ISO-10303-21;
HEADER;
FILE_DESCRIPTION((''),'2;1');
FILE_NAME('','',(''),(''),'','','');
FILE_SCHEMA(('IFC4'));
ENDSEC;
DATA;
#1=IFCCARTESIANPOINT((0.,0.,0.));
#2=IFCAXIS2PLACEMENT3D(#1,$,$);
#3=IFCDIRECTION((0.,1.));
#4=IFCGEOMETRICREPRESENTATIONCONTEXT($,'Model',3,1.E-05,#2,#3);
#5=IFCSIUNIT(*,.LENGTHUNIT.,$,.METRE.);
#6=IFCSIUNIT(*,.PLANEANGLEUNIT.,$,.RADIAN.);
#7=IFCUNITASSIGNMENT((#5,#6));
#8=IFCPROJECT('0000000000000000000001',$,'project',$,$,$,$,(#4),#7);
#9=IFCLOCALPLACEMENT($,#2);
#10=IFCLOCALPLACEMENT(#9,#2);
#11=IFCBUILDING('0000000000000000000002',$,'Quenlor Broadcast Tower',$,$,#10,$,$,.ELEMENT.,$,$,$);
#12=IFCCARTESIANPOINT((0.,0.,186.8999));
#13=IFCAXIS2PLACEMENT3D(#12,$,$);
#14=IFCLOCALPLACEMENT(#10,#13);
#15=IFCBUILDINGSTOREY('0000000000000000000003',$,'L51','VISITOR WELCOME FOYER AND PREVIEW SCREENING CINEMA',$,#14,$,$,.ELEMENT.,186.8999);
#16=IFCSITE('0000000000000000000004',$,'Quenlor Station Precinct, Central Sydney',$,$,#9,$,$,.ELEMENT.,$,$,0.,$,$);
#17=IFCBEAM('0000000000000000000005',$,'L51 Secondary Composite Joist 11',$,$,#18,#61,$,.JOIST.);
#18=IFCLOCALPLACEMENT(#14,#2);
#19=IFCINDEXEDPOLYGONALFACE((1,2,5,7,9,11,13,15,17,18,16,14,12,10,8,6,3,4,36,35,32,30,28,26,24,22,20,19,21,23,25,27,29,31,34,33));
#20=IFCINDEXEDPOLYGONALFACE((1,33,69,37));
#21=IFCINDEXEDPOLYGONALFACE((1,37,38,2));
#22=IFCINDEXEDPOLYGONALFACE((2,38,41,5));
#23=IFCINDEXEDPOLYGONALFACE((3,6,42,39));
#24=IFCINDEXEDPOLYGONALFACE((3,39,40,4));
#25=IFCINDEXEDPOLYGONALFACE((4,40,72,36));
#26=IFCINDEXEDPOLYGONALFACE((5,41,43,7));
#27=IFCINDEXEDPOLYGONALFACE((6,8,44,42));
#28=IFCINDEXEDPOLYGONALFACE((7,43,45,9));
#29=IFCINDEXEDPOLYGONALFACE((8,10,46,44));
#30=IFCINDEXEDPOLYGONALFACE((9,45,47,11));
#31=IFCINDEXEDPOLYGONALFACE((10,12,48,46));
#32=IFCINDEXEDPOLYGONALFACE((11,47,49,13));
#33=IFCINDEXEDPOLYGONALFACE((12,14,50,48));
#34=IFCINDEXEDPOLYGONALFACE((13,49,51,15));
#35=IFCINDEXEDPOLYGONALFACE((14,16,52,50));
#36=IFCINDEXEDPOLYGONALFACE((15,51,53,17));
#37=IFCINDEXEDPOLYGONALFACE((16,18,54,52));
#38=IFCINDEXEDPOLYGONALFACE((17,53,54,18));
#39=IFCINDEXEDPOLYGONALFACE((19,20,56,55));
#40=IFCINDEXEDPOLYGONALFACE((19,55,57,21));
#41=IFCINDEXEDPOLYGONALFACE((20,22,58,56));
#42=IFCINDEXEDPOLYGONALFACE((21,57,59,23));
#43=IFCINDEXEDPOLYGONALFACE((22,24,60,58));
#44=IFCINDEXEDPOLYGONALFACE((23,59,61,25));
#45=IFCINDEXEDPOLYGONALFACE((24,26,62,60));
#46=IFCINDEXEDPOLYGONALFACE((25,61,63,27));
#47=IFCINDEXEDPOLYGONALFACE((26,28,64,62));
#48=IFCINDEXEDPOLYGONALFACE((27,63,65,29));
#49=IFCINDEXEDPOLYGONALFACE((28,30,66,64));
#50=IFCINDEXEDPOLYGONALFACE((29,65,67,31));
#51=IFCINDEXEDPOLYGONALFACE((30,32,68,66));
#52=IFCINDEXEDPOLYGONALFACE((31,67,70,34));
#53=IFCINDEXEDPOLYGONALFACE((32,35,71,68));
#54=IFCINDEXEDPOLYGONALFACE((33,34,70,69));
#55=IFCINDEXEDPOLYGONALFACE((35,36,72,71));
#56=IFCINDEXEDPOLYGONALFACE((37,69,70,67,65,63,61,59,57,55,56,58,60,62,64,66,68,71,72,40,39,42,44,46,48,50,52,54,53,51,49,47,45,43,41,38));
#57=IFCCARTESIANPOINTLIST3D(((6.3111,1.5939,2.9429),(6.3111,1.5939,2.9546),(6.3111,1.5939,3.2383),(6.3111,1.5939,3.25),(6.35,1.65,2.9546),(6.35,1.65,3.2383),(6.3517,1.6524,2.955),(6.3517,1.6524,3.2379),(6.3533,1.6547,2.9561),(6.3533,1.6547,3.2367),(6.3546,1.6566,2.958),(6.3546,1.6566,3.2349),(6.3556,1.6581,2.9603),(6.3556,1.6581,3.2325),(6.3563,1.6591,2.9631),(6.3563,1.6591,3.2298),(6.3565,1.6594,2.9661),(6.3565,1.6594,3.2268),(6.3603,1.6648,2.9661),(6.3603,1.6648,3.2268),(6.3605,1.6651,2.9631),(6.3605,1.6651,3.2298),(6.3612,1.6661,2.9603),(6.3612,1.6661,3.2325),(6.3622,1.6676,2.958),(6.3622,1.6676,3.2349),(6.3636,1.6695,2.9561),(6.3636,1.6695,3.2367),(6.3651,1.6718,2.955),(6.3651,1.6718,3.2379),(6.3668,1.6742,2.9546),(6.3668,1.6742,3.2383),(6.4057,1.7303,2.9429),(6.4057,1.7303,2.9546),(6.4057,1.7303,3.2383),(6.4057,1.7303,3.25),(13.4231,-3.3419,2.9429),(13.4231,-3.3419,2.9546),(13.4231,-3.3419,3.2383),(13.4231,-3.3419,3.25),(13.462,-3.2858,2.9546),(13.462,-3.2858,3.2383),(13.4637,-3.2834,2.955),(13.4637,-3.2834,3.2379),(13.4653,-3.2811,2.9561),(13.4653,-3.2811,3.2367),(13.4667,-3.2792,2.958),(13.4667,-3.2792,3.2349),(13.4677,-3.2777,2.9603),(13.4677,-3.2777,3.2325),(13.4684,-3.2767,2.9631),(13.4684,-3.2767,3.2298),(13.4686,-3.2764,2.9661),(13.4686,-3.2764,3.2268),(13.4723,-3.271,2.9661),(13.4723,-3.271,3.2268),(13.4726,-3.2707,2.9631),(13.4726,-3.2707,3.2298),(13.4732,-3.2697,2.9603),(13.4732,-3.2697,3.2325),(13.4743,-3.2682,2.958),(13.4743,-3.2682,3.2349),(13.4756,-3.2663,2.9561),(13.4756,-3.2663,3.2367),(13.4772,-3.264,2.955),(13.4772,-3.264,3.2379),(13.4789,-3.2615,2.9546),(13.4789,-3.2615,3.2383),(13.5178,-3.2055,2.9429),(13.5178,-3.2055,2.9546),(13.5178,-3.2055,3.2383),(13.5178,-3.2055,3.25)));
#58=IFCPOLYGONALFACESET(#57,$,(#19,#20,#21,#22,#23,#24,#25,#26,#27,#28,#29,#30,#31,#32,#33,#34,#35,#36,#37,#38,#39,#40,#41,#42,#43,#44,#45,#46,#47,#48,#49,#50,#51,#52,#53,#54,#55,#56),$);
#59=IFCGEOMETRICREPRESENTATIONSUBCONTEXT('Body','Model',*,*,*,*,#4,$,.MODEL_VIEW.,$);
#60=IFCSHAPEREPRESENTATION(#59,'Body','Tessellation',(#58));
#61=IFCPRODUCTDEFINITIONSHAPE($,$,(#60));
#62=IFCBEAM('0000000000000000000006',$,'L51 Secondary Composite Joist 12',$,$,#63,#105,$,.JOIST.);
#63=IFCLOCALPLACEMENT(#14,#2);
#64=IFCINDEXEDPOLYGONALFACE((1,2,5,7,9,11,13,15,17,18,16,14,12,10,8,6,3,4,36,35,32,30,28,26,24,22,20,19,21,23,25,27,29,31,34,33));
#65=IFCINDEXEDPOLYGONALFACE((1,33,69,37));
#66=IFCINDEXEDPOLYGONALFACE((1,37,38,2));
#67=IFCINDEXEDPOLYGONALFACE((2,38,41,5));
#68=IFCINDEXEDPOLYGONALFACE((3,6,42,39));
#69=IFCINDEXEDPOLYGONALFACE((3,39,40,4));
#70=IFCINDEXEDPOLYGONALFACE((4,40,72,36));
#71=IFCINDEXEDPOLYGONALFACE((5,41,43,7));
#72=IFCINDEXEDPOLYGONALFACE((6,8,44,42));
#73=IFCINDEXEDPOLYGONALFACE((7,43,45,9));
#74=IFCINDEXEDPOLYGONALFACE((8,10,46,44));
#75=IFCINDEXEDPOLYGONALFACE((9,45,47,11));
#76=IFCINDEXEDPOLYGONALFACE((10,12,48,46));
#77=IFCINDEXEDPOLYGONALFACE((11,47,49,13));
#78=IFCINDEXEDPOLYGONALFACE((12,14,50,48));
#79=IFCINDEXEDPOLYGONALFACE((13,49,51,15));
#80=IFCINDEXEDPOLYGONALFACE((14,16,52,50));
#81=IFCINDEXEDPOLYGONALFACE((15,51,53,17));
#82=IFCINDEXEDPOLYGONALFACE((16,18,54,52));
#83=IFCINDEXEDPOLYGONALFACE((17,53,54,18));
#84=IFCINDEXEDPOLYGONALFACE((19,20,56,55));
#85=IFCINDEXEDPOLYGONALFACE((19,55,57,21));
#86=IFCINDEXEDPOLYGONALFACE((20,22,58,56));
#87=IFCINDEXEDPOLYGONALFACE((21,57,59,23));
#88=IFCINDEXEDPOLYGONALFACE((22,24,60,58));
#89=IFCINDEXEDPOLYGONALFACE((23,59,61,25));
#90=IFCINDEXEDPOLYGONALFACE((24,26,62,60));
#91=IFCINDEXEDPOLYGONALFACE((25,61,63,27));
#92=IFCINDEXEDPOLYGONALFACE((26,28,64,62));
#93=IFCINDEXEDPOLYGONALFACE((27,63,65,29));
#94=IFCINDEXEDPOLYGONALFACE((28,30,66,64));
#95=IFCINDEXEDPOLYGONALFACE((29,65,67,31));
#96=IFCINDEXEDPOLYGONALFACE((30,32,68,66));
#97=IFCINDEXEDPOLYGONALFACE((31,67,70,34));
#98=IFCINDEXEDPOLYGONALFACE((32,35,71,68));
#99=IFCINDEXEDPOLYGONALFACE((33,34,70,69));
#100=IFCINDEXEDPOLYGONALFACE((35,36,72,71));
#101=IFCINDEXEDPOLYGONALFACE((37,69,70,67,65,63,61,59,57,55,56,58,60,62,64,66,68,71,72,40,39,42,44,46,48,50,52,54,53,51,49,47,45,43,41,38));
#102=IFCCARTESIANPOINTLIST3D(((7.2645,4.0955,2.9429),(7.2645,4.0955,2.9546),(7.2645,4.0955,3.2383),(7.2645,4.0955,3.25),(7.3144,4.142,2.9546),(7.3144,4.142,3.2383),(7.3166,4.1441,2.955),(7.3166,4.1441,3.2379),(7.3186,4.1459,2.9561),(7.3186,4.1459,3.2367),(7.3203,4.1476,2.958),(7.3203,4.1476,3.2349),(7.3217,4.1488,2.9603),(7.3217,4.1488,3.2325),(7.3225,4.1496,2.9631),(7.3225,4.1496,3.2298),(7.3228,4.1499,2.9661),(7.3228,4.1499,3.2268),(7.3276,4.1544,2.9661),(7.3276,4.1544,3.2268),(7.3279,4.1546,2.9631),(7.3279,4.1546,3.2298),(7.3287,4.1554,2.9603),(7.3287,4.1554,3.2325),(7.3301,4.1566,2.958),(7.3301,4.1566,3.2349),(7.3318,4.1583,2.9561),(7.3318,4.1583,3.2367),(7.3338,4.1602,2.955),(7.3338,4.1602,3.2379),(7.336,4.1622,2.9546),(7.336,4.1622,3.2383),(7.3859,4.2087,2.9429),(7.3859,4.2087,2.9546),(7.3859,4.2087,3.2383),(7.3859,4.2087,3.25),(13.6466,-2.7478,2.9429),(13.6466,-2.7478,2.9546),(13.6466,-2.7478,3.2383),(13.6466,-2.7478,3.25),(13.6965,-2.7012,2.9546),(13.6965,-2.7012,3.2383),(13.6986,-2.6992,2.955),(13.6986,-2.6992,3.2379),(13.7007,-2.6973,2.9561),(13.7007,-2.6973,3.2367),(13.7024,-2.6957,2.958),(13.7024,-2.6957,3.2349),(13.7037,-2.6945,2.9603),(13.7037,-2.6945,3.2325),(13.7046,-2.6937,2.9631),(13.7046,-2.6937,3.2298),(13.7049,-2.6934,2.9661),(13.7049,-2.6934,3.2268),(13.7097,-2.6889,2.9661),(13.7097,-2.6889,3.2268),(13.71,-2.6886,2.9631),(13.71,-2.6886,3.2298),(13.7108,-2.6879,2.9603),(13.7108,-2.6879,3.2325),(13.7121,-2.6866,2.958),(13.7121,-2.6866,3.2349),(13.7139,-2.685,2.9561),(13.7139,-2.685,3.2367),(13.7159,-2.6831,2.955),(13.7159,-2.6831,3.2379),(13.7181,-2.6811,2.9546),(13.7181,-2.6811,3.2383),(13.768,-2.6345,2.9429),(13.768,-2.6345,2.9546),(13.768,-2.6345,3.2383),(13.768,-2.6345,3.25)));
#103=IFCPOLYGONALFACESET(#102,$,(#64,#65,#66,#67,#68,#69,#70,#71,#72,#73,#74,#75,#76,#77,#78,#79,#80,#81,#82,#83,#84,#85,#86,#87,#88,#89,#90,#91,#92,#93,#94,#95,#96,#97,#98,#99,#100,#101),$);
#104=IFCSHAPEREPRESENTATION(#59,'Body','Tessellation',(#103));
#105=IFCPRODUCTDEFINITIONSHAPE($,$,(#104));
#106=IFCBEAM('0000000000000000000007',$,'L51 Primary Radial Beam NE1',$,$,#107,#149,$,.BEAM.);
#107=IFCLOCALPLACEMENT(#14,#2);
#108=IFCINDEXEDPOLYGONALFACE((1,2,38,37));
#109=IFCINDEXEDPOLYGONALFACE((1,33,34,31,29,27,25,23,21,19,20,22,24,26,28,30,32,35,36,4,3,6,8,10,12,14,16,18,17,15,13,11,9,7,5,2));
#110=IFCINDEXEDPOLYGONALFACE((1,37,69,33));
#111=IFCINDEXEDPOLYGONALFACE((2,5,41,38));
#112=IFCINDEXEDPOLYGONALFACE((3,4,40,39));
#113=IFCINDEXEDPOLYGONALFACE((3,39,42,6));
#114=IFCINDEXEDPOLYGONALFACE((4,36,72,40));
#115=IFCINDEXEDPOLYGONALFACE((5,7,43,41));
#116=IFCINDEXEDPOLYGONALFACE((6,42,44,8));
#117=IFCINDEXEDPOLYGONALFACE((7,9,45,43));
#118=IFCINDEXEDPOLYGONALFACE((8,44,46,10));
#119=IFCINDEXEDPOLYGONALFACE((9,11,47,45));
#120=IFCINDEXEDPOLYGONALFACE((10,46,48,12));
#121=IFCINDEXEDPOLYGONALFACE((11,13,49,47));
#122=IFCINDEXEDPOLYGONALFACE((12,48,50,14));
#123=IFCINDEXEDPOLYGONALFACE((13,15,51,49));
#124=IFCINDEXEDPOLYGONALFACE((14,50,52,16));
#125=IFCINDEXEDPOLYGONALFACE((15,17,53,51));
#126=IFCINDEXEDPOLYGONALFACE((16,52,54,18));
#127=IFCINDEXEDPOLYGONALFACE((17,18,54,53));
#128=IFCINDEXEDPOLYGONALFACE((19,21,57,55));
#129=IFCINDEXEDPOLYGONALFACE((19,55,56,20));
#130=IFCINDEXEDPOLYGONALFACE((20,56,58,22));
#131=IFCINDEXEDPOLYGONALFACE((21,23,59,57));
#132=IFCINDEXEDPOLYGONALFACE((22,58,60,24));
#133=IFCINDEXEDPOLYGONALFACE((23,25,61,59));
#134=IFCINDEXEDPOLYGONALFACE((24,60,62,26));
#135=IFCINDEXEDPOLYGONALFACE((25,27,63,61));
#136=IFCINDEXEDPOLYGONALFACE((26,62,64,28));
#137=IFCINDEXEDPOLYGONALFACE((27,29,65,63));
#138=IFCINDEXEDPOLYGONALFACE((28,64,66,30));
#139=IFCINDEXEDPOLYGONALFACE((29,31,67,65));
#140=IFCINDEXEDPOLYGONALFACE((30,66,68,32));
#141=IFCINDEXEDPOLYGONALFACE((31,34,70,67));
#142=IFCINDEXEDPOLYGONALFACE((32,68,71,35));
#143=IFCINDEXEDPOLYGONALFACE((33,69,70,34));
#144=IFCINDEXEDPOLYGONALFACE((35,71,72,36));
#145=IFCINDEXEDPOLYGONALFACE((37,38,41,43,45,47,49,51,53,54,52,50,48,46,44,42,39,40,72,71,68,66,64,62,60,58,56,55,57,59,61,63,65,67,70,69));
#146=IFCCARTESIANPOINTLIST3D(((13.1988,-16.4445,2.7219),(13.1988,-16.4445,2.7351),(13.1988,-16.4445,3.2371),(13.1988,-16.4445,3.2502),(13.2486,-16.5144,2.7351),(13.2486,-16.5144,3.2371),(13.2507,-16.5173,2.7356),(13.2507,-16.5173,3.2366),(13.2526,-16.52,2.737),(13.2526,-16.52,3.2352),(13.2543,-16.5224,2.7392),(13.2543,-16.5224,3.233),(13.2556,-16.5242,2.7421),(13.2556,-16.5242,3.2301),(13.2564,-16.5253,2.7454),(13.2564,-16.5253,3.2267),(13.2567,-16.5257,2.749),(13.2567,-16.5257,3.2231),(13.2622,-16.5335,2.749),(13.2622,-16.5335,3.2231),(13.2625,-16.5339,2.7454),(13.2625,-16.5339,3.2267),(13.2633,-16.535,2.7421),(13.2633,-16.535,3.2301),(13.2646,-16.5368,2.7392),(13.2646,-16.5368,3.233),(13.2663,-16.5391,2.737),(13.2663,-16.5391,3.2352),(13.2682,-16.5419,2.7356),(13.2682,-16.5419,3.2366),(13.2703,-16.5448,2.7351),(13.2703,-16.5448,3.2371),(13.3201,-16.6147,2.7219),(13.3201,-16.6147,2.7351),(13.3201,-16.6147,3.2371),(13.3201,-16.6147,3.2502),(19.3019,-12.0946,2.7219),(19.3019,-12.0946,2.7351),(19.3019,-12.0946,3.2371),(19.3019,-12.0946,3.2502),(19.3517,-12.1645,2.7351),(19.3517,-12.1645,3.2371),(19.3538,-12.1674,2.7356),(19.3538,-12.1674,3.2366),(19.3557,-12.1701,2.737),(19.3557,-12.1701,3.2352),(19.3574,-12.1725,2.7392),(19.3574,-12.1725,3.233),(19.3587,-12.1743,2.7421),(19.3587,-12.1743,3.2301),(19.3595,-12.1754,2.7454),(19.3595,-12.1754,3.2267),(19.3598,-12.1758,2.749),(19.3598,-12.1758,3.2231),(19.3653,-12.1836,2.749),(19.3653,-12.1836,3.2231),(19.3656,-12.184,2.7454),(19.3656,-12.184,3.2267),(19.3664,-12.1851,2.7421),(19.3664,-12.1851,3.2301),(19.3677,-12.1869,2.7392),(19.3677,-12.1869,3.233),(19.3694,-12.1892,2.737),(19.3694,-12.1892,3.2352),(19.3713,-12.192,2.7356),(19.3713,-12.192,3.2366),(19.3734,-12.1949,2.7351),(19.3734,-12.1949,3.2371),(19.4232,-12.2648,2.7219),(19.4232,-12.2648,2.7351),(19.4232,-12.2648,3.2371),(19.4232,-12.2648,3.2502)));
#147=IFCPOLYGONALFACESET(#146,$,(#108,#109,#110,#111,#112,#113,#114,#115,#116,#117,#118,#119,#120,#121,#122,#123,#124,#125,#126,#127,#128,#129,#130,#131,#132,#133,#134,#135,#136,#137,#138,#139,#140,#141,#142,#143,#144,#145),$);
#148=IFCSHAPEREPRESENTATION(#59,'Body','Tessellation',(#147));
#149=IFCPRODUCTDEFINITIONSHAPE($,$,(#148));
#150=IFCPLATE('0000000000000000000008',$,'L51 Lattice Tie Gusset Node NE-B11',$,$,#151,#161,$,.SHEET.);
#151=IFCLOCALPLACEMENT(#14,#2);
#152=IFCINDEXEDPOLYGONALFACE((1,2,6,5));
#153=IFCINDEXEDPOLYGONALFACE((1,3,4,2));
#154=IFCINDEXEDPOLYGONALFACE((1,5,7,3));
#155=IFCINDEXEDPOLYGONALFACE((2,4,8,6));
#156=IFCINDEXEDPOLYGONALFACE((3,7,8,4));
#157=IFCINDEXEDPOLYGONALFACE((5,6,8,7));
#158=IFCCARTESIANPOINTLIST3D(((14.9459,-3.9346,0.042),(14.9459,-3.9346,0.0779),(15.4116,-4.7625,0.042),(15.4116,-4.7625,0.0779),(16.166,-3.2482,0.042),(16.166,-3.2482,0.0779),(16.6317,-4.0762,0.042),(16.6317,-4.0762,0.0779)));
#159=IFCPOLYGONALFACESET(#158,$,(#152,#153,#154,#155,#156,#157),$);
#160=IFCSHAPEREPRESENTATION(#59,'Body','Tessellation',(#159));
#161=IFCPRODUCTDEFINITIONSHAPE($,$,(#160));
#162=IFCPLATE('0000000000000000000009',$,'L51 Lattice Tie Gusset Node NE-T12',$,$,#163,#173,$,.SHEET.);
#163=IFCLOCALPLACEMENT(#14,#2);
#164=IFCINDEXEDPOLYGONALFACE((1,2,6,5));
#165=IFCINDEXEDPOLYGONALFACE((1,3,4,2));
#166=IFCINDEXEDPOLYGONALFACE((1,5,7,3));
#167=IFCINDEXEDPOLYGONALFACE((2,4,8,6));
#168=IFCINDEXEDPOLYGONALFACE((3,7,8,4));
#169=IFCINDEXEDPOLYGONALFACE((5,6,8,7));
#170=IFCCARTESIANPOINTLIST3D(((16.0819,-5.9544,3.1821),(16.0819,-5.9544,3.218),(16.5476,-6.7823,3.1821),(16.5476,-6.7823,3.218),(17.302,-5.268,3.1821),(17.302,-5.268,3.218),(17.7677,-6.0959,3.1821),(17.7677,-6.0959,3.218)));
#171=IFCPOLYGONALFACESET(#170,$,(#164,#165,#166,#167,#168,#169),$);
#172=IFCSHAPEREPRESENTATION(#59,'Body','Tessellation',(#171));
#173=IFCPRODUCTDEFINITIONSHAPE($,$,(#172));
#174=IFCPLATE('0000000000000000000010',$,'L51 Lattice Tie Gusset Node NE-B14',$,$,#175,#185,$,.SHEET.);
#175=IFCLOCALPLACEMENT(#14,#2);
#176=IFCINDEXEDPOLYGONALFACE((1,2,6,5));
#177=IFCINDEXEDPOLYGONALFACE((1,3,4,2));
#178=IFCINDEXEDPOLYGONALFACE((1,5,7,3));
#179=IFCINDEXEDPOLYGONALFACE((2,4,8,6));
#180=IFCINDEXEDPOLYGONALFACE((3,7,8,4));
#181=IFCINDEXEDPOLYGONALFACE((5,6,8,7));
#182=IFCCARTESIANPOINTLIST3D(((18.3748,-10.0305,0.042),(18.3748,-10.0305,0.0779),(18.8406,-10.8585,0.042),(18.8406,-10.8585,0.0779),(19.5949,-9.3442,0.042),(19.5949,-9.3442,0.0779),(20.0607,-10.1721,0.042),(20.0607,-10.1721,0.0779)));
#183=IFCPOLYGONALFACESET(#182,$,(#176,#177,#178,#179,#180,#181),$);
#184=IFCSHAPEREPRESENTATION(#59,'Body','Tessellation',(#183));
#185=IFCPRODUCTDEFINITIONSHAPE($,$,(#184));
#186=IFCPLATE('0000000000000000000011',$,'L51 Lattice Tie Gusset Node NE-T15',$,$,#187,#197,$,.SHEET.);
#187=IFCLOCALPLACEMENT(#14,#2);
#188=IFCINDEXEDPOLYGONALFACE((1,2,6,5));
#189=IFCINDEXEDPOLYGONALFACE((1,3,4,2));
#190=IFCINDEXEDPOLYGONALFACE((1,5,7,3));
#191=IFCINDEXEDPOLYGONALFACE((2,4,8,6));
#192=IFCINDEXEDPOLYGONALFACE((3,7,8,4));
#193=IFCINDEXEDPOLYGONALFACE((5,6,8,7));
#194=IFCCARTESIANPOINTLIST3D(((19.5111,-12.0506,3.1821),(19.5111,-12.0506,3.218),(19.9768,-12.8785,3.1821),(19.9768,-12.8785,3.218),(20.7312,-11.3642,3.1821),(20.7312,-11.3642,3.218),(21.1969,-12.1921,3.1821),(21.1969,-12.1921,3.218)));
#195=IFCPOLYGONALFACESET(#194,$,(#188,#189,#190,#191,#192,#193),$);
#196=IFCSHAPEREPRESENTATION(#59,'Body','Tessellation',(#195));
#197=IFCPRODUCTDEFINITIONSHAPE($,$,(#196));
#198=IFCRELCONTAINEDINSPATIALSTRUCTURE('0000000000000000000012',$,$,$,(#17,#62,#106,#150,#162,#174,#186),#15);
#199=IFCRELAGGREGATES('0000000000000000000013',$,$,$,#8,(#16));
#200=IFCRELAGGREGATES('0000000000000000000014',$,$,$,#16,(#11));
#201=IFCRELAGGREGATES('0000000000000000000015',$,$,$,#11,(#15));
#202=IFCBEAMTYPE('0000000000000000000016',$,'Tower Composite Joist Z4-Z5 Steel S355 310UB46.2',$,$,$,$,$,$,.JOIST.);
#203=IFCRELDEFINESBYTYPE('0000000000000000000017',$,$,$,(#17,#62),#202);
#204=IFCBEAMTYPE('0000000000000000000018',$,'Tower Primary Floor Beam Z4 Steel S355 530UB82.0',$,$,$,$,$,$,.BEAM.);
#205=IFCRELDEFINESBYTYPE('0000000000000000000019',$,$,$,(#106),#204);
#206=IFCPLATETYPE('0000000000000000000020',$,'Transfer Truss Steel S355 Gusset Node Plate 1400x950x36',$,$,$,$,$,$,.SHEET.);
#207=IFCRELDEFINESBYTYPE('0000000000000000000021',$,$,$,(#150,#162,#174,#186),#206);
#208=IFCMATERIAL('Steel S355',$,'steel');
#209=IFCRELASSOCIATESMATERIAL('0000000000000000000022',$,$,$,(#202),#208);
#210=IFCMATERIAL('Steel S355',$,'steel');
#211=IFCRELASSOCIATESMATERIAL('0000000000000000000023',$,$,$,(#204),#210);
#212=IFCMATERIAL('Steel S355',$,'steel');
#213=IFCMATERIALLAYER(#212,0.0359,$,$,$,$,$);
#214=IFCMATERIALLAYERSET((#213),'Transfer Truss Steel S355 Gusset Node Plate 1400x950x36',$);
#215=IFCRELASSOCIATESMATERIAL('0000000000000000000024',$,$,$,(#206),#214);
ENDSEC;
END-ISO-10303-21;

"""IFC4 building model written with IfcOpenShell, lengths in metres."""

from ifc_helpers import new_model, si_unit, direction, frame, origin, origin_2d, place, context, subcontext, project, spatial, rectangle, i_section, extrude, material, layer, layer_set, material_profile, profile_set, type_object, element, save


model = new_model("IFC4")

# Units and contexts
model_context = context("Model", 3, precision=1e-05, world=origin(), true_north=direction((0.0, 1.0)))
body_context = subcontext(model_context, "Body", "Model", "MODEL_VIEW")
ifc_project = project(units=[si_unit("LENGTHUNIT", "METRE"), si_unit("PLANEANGLEUNIT", "RADIAN")], contexts=[model_context])

# Site, building, storey
site_placement = place(None, origin())
site = spatial("IfcSite", under=ifc_project, at=site_placement, Name="Quenlor Station Precinct, Central Sydney", CompositionType="ELEMENT", RefElevation=0.0)
building_placement = place(site_placement, origin())
building = spatial("IfcBuilding", under=site, at=building_placement, Name="Quenlor Broadcast Tower", CompositionType="ELEMENT")
storey_placement = place(building_placement, frame((0.0, 0.0, 186.8999)))
storey = spatial("IfcBuildingStorey", under=building, at=storey_placement, Name="L51", Description="VISITOR WELCOME FOYER AND PREVIEW SCREENING CINEMA", CompositionType="ELEMENT", Elevation=186.8999)

# Beams
ifc_material_1 = material(Name="Steel S355", Category="steel")
ifc_material_profile_1 = material_profile(ifc_material_1, i_section(OverallWidth=0.166, OverallDepth=0.3071, WebThickness=0.0066, FlangeThickness=0.0117, FilletRadius=0.0115, at=origin_2d()))
ifc_profile_set_1 = profile_set([ifc_material_profile_1], Name="Steel S355 310UB46.2")
beam_type_1 = type_object("IfcBeamType", Name="Tower Composite Joist Z4-Z5 Steel S355 310UB46.2", PredefinedType="JOIST", material=ifc_profile_set_1)
beam_1_placement = place(storey_placement, frame((13.4705, -3.2737, 3.0964), z_axis=(-0.82154, 0.570151, 0.0), x_axis=(-0.570151, -0.82154, 0.0)))
element("IfcBeam", 1, at=beam_1_placement, inside=storey, type_object=beam_type_1, Name="L51 Secondary Composite Joist 11", PredefinedType="JOIST", context=body_context, shape_type="SweptSolid", body=[
    extrude(i_section(OverallWidth=0.166, OverallDepth=0.3071, WebThickness=0.0066, FlangeThickness=0.0117, FilletRadius=0.0115, at=origin_2d()), origin(), (0.0, 0.0, 1.0), 8.657),
])
beam_2_placement = place(storey_placement, frame((13.7073, -2.6912, 3.0964), z_axis=(-0.682035, 0.73132, 0.0), x_axis=(-0.73132, -0.682035, 0.0)))
element("IfcBeam", 2, at=beam_2_placement, inside=storey, type_object=beam_type_1, Name="L51 Secondary Composite Joist 12", PredefinedType="JOIST", context=body_context, shape_type="SweptSolid", body=[
    extrude(i_section(OverallWidth=0.166, OverallDepth=0.3071, WebThickness=0.0066, FlangeThickness=0.0117, FilletRadius=0.0115, at=origin_2d()), origin(), (0.0, 0.0, 1.0), 9.3574),
])
ifc_material_2 = material(Name="Steel S355", Category="steel")
ifc_material_profile_2 = material_profile(ifc_material_2, i_section(OverallWidth=0.209, OverallDepth=0.5283, WebThickness=0.0095, FlangeThickness=0.0132, FilletRadius=0.0139, at=origin_2d()))
ifc_profile_set_2 = profile_set([ifc_material_profile_2], Name="Steel S355 530UB82.0")
beam_type_2 = type_object("IfcBeamType", Name="Tower Primary Floor Beam Z4 Steel S355 530UB82.0", PredefinedType="BEAM", material=ifc_profile_set_2)
beam_3_placement = place(storey_placement, frame((19.3625, -12.1797, 2.9861), z_axis=(-0.81433, -0.580403, 0.0), x_axis=(0.580403, -0.81433, 0.0)))
element("IfcBeam", 3, at=beam_3_placement, inside=storey, type_object=beam_type_2, Name="L51 Primary Radial Beam NE1", PredefinedType="BEAM", context=body_context, shape_type="SweptSolid", body=[
    extrude(i_section(OverallWidth=0.209, OverallDepth=0.5283, WebThickness=0.0095, FlangeThickness=0.0132, FilletRadius=0.0139, at=origin_2d()), origin(), (0.0, 0.0, 1.0), 7.4946),
])

# Plates
ifc_material_3 = material(Name="Steel S355", Category="steel")
ifc_layer_1 = layer(ifc_material_3, 0.0359)
ifc_layer_set_1 = layer_set([ifc_layer_1], Name="Transfer Truss Steel S355 Gusset Node Plate 1400x950x36")
plate_type = type_object("IfcPlateType", Name="Transfer Truss Steel S355 Gusset Node Plate 1400x950x36", PredefinedType="SHEET", material=ifc_layer_set_1)
for number, where, z_axis, x_axis, name in (
    (4, (15.7888, -4.0054, 0.042), (0.0, 0.0, 1.0), (0.871556, 0.490295, 0.0), "L51 Lattice Tie Gusset Node NE-B11"),
    (5, (16.9248, -6.0251, 3.1821), (0.0, 0.0, 1.0), (0.871556, 0.490295, 0.0), "L51 Lattice Tie Gusset Node NE-T12"),
    (6, (19.2178, -10.1013, 0.042), (0.0, 0.0, 1.0), (0.871556, 0.490295, 0.0), "L51 Lattice Tie Gusset Node NE-B14"),
    (7, (20.354, -12.1213, 3.1821), (0.0, 0.0, 1.0), (0.871556, 0.490295, 0.0), "L51 Lattice Tie Gusset Node NE-T15"),
):
    element("IfcPlate", number, at=place(storey_placement, frame(where, z_axis=z_axis, x_axis=x_axis)), inside=storey, type_object=plate_type, Name=name, PredefinedType="SHEET", context=body_context, shape_type="SweptSolid", body=[
        extrude(rectangle(XDim=1.3999, YDim=0.95, at=origin_2d()), origin(), (0.0, 0.0, 1.0), 0.0359),
    ])

save(model, "model.ifc")
